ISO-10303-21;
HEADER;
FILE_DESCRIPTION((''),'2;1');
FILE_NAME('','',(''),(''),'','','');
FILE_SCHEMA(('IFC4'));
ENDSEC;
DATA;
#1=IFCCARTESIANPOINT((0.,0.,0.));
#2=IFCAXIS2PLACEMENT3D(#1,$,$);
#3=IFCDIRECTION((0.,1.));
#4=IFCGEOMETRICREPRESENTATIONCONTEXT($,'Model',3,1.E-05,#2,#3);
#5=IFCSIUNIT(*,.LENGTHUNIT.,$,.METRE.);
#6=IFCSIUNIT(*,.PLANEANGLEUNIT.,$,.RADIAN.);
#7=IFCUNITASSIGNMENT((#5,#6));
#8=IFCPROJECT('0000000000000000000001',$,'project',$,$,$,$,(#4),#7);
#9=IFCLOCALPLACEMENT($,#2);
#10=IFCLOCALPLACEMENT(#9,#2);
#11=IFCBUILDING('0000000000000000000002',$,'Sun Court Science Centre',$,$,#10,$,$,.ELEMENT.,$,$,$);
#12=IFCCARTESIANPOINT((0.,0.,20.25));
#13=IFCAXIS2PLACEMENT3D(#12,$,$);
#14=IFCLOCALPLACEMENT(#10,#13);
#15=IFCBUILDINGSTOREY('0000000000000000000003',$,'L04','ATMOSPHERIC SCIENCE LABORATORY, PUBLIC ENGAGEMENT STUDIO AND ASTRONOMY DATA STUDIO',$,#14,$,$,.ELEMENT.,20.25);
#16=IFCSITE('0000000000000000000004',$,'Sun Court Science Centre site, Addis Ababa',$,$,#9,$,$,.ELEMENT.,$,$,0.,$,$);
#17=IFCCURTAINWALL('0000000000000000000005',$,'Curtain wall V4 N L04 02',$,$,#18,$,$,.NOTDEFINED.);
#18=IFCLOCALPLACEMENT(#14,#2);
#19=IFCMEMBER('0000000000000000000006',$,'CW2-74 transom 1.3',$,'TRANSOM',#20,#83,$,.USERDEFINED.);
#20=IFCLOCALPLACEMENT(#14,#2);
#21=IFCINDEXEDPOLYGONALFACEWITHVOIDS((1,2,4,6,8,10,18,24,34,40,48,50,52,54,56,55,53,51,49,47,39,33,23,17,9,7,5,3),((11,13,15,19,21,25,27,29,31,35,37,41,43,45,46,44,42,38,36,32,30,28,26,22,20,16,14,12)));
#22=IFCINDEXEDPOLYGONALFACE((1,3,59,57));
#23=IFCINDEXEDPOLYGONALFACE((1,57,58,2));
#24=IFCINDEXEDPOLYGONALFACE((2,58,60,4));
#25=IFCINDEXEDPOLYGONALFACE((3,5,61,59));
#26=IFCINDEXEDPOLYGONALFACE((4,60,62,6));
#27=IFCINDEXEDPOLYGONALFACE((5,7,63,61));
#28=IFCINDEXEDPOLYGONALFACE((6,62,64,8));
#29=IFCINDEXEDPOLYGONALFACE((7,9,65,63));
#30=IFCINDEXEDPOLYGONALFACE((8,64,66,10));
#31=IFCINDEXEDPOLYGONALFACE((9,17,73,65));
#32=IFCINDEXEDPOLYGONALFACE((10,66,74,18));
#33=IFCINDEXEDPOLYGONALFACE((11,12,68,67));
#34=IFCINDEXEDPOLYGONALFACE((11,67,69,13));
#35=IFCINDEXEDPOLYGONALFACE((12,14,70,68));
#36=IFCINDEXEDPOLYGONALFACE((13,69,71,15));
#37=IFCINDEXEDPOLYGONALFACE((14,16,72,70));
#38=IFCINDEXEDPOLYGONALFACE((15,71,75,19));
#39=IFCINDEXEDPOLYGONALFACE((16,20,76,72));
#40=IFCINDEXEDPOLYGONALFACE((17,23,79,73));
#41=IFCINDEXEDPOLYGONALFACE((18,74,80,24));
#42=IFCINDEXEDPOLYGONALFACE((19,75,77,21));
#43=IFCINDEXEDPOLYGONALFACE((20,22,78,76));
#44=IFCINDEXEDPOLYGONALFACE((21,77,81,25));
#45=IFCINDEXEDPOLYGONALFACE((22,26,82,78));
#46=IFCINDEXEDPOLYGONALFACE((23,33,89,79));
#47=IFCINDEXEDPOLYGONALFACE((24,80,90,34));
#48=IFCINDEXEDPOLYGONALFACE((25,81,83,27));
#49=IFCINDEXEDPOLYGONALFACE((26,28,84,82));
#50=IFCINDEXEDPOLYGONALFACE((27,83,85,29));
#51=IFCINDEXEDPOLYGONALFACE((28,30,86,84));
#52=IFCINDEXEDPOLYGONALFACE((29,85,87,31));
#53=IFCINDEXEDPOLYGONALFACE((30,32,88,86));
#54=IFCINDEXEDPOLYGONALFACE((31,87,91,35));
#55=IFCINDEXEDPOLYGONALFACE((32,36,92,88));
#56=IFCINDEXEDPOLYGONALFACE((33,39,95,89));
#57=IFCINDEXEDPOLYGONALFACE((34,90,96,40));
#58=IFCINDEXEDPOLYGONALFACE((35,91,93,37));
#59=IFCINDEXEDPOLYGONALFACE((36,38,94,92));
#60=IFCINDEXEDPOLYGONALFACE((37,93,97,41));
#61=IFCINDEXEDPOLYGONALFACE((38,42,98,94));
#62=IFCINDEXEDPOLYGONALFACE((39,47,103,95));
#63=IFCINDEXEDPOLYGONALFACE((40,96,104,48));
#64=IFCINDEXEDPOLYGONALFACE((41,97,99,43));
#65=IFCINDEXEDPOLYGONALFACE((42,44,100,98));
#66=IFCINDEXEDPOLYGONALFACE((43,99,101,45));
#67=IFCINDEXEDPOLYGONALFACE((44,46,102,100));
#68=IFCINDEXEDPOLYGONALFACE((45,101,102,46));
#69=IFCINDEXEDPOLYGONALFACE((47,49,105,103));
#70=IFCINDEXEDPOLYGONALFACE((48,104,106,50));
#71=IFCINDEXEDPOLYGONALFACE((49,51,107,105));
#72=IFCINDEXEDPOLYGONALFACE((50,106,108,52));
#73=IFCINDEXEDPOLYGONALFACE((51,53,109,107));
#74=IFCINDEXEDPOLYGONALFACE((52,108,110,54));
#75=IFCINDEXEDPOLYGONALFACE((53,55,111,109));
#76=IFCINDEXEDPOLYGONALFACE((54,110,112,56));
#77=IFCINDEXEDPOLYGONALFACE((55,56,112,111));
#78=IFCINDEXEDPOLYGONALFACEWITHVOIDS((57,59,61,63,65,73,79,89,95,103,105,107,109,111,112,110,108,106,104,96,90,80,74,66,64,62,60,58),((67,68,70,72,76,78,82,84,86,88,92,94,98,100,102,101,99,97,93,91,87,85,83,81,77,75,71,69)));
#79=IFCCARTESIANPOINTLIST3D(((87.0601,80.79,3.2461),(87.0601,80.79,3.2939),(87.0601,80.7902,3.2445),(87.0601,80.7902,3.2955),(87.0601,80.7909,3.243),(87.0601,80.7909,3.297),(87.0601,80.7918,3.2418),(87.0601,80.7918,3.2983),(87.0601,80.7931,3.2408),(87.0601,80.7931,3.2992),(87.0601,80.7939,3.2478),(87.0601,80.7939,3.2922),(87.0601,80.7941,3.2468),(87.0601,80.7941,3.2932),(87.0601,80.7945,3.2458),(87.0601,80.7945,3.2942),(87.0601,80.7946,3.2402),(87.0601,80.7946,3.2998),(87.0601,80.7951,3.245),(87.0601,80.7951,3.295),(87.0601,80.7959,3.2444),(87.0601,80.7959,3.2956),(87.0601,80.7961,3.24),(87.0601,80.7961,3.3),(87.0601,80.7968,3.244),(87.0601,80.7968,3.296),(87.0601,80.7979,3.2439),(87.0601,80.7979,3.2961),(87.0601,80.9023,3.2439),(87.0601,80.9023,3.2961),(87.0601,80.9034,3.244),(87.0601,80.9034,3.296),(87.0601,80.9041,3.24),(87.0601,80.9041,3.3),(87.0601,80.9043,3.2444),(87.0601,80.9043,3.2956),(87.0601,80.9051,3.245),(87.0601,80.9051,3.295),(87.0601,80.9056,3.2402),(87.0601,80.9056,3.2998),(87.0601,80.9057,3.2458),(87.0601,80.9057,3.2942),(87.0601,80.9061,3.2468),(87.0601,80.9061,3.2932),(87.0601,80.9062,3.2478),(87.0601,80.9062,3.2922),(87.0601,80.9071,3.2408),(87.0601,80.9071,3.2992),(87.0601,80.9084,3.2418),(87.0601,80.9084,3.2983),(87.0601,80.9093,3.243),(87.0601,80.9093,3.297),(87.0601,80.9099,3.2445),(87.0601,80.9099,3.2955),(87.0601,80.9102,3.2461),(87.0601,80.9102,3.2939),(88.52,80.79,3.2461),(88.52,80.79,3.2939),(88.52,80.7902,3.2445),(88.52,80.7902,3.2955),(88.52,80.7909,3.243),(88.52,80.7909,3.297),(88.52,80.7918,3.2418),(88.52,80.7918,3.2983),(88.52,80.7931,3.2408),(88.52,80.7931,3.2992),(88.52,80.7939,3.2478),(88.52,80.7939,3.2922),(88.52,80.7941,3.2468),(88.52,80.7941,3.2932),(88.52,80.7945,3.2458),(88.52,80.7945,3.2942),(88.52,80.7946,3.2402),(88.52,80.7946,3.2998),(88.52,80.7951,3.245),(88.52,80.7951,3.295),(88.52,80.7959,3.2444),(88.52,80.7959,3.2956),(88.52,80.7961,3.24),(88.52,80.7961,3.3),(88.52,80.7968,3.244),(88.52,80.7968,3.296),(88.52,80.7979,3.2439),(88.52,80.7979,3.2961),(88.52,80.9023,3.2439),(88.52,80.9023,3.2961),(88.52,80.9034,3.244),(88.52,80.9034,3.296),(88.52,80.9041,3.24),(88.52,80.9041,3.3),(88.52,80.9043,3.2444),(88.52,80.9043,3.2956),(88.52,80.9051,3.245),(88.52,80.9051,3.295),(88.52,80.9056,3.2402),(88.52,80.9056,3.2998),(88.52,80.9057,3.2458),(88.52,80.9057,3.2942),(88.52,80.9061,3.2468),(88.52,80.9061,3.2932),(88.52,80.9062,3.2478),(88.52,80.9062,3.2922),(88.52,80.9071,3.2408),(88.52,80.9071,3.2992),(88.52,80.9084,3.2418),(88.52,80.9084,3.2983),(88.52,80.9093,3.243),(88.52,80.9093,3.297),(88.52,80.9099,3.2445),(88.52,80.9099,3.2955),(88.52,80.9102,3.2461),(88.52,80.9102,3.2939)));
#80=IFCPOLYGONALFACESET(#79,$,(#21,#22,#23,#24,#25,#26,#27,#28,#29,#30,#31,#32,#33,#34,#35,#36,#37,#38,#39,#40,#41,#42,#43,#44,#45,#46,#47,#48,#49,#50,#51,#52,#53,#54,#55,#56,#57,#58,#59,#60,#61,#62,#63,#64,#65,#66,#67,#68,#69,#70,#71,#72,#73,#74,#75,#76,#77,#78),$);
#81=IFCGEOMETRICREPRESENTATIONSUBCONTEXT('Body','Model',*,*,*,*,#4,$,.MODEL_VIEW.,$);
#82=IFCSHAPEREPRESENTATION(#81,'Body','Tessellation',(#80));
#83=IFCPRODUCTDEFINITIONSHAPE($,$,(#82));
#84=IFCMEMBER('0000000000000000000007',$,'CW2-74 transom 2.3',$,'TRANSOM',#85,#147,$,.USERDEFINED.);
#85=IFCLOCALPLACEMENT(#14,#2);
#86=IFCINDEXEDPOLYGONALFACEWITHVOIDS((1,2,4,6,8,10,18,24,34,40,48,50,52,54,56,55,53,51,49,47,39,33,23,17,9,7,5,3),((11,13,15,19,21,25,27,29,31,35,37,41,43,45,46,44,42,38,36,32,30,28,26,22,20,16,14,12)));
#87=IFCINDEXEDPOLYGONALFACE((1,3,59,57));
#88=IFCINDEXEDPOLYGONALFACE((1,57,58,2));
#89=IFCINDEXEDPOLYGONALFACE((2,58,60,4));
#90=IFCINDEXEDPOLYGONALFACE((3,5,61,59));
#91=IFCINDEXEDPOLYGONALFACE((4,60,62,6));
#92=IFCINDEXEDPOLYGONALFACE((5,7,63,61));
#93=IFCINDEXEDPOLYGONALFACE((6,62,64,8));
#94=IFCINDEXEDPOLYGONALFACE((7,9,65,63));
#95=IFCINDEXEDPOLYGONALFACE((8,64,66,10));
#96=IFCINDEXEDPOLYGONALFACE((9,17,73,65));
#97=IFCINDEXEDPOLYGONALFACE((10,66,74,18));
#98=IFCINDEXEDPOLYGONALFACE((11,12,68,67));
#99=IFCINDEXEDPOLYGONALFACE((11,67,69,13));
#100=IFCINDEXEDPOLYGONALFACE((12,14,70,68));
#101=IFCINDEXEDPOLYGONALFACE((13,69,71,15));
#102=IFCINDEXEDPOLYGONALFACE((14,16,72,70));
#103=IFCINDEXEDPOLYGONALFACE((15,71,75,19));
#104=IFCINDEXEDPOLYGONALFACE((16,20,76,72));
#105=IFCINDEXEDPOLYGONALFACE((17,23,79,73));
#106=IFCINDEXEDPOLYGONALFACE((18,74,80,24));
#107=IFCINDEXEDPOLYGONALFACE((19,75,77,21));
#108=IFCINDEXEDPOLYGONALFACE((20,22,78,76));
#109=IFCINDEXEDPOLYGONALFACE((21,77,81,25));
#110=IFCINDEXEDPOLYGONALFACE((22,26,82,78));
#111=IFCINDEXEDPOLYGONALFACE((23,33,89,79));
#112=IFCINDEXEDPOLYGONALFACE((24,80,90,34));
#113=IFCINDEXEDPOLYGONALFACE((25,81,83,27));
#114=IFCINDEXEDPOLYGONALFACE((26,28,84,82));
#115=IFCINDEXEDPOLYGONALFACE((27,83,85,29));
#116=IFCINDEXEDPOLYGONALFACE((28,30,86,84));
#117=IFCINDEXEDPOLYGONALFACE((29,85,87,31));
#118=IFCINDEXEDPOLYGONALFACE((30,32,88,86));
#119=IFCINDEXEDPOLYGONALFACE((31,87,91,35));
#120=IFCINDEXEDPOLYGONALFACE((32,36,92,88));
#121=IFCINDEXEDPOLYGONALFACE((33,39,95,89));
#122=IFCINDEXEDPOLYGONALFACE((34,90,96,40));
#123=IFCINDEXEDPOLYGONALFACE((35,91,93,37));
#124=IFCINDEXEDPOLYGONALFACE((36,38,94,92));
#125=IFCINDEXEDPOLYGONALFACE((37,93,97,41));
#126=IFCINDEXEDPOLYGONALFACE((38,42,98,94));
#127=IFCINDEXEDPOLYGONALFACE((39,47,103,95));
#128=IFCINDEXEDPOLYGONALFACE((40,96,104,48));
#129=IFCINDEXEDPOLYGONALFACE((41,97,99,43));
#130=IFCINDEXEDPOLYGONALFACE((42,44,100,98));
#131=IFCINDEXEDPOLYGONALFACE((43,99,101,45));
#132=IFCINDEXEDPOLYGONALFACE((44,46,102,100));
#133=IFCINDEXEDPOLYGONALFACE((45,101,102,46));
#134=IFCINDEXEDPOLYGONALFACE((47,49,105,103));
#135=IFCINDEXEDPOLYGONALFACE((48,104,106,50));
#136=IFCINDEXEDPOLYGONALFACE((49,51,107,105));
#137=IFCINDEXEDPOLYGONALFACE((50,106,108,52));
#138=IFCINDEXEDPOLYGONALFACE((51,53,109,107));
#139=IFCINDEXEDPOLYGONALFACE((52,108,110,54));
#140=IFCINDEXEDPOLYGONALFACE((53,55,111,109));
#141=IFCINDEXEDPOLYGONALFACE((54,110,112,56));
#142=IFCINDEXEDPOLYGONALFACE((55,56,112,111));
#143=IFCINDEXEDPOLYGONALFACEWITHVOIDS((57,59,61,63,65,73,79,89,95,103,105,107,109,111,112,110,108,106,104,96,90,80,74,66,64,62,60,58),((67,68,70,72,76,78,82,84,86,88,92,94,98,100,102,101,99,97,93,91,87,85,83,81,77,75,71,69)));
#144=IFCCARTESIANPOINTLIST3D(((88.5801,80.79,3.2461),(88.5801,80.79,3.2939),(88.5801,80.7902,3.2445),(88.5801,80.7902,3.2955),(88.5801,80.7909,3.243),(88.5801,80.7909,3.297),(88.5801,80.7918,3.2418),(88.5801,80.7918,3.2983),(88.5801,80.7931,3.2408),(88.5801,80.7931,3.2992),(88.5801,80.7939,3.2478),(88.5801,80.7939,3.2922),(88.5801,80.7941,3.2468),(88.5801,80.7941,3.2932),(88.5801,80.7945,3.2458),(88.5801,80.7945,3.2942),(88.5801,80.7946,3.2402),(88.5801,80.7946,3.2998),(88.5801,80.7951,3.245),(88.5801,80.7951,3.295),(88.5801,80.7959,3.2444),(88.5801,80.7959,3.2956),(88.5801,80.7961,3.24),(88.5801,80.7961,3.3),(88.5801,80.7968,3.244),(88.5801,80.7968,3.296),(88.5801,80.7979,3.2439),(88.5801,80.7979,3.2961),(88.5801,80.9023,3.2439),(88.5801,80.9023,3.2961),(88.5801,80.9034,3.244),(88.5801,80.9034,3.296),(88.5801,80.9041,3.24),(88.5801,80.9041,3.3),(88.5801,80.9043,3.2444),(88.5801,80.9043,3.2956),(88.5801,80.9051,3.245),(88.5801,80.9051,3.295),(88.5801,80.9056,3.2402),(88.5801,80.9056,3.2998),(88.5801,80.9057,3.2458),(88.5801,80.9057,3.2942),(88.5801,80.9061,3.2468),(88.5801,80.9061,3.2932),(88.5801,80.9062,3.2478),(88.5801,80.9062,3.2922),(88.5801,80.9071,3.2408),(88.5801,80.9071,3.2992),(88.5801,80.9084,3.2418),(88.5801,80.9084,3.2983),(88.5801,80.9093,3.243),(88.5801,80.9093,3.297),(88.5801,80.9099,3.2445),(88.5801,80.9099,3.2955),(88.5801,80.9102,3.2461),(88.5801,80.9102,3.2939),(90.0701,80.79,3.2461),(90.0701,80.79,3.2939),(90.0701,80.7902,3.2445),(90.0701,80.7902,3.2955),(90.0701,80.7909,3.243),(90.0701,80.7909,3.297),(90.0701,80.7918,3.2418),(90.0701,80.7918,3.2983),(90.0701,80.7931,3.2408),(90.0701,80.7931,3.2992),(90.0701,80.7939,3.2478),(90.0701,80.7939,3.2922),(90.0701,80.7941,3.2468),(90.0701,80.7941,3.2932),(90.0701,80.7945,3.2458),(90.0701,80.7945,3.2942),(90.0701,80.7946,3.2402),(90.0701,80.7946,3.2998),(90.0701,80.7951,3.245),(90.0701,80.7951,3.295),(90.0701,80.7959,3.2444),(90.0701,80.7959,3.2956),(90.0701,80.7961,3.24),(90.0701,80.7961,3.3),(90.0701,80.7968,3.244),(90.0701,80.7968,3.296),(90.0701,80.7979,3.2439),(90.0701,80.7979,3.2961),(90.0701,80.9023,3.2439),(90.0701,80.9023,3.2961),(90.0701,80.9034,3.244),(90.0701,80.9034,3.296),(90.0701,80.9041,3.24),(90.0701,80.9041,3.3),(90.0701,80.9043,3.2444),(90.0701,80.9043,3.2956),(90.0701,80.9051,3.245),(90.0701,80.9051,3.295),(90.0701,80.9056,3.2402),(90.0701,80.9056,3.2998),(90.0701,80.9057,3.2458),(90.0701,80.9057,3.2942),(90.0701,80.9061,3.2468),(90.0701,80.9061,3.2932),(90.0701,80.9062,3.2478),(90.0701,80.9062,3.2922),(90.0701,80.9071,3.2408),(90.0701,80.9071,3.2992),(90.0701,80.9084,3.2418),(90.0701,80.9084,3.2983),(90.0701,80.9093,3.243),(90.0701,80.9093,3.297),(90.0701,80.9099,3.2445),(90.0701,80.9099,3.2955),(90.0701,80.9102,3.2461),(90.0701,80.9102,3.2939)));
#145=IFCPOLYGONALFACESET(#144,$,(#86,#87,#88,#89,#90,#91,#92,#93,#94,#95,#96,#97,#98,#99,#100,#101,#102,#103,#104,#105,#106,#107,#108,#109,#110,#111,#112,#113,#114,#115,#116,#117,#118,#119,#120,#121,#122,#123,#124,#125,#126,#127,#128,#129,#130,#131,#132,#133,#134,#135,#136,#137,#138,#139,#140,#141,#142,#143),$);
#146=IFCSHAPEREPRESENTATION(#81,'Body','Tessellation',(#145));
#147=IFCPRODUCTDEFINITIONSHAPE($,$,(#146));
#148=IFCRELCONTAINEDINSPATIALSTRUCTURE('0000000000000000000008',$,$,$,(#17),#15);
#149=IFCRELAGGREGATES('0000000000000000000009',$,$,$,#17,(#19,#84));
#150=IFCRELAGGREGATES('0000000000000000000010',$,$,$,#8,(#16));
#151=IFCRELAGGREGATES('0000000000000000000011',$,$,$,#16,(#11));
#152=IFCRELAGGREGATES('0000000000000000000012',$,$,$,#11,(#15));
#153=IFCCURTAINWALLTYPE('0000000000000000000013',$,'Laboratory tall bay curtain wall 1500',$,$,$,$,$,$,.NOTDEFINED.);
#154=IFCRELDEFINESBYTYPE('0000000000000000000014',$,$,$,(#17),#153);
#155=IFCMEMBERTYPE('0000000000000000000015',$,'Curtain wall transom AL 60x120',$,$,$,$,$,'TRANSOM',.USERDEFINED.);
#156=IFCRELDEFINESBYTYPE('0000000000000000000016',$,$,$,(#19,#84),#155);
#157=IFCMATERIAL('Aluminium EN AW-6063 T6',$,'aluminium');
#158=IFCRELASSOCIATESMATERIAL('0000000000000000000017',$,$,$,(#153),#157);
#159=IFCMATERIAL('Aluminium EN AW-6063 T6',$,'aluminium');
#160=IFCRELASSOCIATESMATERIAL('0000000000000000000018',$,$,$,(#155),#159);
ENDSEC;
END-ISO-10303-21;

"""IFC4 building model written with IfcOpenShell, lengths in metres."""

from ifc_helpers import new_model, si_unit, direction, frame, origin, origin_2d, place, context, subcontext, project, spatial, hollow_rectangle, extrude, material, material_profile, profile_set, type_object, element, aggregate, save


model = new_model("IFC4")

# Units and contexts
model_context = context("Model", 3, precision=1e-05, world=origin(), true_north=direction((0.0, 1.0)))
body_context = subcontext(model_context, "Body", "Model", "MODEL_VIEW")
ifc_project = project(units=[si_unit("LENGTHUNIT", "METRE"), si_unit("PLANEANGLEUNIT", "RADIAN")], contexts=[model_context])

# Site, building, storey
site_placement = place(None, origin())
site = spatial("IfcSite", under=ifc_project, at=site_placement, Name="Sun Court Science Centre site, Addis Ababa", CompositionType="ELEMENT", RefElevation=0.0)
building_placement = place(site_placement, origin())
building = spatial("IfcBuilding", under=site, at=building_placement, Name="Sun Court Science Centre", CompositionType="ELEMENT")
storey_placement = place(building_placement, frame((0.0, 0.0, 20.25)))
storey = spatial("IfcBuildingStorey", under=building, at=storey_placement, Name="L04", Description="ATMOSPHERIC SCIENCE LABORATORY, PUBLIC ENGAGEMENT STUDIO AND ASTRONOMY DATA STUDIO", CompositionType="ELEMENT", Elevation=20.25)

# Curtain wall, members
ifc_material_1 = material(Name="Aluminium EN AW-6063 T6", Category="aluminium")
curtain_wall_type = type_object("IfcCurtainWallType", Name="Laboratory tall bay curtain wall 1500", PredefinedType="NOTDEFINED", material=ifc_material_1)
curtain_wall_placement = place(storey_placement, origin())
curtain_wall = element("IfcCurtainWall", 1, at=curtain_wall_placement, inside=storey, type_object=curtain_wall_type, Name="Curtain wall V4 N L04 02", PredefinedType="NOTDEFINED")
ifc_material_2 = material(Name="Aluminium EN AW-6063 T6", Category="aluminium")
ifc_material_profile_1 = material_profile(ifc_material_2, hollow_rectangle(XDim=0.0601, YDim=0.1201, WallThickness=0.0039, InnerFilletRadius=0.0039, OuterFilletRadius=0.0061, at=origin_2d()), Name="AL 60x120x4")
ifc_profile_set_1 = profile_set([ifc_material_profile_1], Name="Aluminium EN AW-6063 T6")
member_type_1 = type_object("IfcMemberType", Name="Curtain wall transom AL 60x120", ElementType="TRANSOM", PredefinedType="USERDEFINED", material=ifc_profile_set_1)
member_1_placement = place(storey_placement, frame((87.0601, 80.8501, 3.27), z_axis=(1.0, 0.0, 0.0), x_axis=(0.0, 0.0, 1.0)))
member_1 = element("IfcMember", 2, at=member_1_placement, type_object=member_type_1, Name="CW2-74 transom 1.3", ObjectType="TRANSOM", PredefinedType="USERDEFINED", context=body_context, shape_type="SweptSolid", body=[
    extrude(hollow_rectangle(XDim=0.0601, YDim=0.1201, WallThickness=0.0039, InnerFilletRadius=0.0039, OuterFilletRadius=0.0061, at=origin_2d()), origin(), (0.0, 0.0, 1.0), 1.46),
])
member_2_placement = place(storey_placement, frame((88.5801, 80.8501, 3.27), z_axis=(1.0, 0.0, 0.0), x_axis=(0.0, 0.0, 1.0)))
member_2 = element("IfcMember", 3, at=member_2_placement, type_object=member_type_1, Name="CW2-74 transom 2.3", ObjectType="TRANSOM", PredefinedType="USERDEFINED", context=body_context, shape_type="SweptSolid", body=[
    extrude(hollow_rectangle(XDim=0.0601, YDim=0.1201, WallThickness=0.0039, InnerFilletRadius=0.0039, OuterFilletRadius=0.0061, at=origin_2d()), origin(), (0.0, 0.0, 1.0), 1.49),
])

aggregate(curtain_wall, [member_1, member_2])

save(model, "model.ifc")
